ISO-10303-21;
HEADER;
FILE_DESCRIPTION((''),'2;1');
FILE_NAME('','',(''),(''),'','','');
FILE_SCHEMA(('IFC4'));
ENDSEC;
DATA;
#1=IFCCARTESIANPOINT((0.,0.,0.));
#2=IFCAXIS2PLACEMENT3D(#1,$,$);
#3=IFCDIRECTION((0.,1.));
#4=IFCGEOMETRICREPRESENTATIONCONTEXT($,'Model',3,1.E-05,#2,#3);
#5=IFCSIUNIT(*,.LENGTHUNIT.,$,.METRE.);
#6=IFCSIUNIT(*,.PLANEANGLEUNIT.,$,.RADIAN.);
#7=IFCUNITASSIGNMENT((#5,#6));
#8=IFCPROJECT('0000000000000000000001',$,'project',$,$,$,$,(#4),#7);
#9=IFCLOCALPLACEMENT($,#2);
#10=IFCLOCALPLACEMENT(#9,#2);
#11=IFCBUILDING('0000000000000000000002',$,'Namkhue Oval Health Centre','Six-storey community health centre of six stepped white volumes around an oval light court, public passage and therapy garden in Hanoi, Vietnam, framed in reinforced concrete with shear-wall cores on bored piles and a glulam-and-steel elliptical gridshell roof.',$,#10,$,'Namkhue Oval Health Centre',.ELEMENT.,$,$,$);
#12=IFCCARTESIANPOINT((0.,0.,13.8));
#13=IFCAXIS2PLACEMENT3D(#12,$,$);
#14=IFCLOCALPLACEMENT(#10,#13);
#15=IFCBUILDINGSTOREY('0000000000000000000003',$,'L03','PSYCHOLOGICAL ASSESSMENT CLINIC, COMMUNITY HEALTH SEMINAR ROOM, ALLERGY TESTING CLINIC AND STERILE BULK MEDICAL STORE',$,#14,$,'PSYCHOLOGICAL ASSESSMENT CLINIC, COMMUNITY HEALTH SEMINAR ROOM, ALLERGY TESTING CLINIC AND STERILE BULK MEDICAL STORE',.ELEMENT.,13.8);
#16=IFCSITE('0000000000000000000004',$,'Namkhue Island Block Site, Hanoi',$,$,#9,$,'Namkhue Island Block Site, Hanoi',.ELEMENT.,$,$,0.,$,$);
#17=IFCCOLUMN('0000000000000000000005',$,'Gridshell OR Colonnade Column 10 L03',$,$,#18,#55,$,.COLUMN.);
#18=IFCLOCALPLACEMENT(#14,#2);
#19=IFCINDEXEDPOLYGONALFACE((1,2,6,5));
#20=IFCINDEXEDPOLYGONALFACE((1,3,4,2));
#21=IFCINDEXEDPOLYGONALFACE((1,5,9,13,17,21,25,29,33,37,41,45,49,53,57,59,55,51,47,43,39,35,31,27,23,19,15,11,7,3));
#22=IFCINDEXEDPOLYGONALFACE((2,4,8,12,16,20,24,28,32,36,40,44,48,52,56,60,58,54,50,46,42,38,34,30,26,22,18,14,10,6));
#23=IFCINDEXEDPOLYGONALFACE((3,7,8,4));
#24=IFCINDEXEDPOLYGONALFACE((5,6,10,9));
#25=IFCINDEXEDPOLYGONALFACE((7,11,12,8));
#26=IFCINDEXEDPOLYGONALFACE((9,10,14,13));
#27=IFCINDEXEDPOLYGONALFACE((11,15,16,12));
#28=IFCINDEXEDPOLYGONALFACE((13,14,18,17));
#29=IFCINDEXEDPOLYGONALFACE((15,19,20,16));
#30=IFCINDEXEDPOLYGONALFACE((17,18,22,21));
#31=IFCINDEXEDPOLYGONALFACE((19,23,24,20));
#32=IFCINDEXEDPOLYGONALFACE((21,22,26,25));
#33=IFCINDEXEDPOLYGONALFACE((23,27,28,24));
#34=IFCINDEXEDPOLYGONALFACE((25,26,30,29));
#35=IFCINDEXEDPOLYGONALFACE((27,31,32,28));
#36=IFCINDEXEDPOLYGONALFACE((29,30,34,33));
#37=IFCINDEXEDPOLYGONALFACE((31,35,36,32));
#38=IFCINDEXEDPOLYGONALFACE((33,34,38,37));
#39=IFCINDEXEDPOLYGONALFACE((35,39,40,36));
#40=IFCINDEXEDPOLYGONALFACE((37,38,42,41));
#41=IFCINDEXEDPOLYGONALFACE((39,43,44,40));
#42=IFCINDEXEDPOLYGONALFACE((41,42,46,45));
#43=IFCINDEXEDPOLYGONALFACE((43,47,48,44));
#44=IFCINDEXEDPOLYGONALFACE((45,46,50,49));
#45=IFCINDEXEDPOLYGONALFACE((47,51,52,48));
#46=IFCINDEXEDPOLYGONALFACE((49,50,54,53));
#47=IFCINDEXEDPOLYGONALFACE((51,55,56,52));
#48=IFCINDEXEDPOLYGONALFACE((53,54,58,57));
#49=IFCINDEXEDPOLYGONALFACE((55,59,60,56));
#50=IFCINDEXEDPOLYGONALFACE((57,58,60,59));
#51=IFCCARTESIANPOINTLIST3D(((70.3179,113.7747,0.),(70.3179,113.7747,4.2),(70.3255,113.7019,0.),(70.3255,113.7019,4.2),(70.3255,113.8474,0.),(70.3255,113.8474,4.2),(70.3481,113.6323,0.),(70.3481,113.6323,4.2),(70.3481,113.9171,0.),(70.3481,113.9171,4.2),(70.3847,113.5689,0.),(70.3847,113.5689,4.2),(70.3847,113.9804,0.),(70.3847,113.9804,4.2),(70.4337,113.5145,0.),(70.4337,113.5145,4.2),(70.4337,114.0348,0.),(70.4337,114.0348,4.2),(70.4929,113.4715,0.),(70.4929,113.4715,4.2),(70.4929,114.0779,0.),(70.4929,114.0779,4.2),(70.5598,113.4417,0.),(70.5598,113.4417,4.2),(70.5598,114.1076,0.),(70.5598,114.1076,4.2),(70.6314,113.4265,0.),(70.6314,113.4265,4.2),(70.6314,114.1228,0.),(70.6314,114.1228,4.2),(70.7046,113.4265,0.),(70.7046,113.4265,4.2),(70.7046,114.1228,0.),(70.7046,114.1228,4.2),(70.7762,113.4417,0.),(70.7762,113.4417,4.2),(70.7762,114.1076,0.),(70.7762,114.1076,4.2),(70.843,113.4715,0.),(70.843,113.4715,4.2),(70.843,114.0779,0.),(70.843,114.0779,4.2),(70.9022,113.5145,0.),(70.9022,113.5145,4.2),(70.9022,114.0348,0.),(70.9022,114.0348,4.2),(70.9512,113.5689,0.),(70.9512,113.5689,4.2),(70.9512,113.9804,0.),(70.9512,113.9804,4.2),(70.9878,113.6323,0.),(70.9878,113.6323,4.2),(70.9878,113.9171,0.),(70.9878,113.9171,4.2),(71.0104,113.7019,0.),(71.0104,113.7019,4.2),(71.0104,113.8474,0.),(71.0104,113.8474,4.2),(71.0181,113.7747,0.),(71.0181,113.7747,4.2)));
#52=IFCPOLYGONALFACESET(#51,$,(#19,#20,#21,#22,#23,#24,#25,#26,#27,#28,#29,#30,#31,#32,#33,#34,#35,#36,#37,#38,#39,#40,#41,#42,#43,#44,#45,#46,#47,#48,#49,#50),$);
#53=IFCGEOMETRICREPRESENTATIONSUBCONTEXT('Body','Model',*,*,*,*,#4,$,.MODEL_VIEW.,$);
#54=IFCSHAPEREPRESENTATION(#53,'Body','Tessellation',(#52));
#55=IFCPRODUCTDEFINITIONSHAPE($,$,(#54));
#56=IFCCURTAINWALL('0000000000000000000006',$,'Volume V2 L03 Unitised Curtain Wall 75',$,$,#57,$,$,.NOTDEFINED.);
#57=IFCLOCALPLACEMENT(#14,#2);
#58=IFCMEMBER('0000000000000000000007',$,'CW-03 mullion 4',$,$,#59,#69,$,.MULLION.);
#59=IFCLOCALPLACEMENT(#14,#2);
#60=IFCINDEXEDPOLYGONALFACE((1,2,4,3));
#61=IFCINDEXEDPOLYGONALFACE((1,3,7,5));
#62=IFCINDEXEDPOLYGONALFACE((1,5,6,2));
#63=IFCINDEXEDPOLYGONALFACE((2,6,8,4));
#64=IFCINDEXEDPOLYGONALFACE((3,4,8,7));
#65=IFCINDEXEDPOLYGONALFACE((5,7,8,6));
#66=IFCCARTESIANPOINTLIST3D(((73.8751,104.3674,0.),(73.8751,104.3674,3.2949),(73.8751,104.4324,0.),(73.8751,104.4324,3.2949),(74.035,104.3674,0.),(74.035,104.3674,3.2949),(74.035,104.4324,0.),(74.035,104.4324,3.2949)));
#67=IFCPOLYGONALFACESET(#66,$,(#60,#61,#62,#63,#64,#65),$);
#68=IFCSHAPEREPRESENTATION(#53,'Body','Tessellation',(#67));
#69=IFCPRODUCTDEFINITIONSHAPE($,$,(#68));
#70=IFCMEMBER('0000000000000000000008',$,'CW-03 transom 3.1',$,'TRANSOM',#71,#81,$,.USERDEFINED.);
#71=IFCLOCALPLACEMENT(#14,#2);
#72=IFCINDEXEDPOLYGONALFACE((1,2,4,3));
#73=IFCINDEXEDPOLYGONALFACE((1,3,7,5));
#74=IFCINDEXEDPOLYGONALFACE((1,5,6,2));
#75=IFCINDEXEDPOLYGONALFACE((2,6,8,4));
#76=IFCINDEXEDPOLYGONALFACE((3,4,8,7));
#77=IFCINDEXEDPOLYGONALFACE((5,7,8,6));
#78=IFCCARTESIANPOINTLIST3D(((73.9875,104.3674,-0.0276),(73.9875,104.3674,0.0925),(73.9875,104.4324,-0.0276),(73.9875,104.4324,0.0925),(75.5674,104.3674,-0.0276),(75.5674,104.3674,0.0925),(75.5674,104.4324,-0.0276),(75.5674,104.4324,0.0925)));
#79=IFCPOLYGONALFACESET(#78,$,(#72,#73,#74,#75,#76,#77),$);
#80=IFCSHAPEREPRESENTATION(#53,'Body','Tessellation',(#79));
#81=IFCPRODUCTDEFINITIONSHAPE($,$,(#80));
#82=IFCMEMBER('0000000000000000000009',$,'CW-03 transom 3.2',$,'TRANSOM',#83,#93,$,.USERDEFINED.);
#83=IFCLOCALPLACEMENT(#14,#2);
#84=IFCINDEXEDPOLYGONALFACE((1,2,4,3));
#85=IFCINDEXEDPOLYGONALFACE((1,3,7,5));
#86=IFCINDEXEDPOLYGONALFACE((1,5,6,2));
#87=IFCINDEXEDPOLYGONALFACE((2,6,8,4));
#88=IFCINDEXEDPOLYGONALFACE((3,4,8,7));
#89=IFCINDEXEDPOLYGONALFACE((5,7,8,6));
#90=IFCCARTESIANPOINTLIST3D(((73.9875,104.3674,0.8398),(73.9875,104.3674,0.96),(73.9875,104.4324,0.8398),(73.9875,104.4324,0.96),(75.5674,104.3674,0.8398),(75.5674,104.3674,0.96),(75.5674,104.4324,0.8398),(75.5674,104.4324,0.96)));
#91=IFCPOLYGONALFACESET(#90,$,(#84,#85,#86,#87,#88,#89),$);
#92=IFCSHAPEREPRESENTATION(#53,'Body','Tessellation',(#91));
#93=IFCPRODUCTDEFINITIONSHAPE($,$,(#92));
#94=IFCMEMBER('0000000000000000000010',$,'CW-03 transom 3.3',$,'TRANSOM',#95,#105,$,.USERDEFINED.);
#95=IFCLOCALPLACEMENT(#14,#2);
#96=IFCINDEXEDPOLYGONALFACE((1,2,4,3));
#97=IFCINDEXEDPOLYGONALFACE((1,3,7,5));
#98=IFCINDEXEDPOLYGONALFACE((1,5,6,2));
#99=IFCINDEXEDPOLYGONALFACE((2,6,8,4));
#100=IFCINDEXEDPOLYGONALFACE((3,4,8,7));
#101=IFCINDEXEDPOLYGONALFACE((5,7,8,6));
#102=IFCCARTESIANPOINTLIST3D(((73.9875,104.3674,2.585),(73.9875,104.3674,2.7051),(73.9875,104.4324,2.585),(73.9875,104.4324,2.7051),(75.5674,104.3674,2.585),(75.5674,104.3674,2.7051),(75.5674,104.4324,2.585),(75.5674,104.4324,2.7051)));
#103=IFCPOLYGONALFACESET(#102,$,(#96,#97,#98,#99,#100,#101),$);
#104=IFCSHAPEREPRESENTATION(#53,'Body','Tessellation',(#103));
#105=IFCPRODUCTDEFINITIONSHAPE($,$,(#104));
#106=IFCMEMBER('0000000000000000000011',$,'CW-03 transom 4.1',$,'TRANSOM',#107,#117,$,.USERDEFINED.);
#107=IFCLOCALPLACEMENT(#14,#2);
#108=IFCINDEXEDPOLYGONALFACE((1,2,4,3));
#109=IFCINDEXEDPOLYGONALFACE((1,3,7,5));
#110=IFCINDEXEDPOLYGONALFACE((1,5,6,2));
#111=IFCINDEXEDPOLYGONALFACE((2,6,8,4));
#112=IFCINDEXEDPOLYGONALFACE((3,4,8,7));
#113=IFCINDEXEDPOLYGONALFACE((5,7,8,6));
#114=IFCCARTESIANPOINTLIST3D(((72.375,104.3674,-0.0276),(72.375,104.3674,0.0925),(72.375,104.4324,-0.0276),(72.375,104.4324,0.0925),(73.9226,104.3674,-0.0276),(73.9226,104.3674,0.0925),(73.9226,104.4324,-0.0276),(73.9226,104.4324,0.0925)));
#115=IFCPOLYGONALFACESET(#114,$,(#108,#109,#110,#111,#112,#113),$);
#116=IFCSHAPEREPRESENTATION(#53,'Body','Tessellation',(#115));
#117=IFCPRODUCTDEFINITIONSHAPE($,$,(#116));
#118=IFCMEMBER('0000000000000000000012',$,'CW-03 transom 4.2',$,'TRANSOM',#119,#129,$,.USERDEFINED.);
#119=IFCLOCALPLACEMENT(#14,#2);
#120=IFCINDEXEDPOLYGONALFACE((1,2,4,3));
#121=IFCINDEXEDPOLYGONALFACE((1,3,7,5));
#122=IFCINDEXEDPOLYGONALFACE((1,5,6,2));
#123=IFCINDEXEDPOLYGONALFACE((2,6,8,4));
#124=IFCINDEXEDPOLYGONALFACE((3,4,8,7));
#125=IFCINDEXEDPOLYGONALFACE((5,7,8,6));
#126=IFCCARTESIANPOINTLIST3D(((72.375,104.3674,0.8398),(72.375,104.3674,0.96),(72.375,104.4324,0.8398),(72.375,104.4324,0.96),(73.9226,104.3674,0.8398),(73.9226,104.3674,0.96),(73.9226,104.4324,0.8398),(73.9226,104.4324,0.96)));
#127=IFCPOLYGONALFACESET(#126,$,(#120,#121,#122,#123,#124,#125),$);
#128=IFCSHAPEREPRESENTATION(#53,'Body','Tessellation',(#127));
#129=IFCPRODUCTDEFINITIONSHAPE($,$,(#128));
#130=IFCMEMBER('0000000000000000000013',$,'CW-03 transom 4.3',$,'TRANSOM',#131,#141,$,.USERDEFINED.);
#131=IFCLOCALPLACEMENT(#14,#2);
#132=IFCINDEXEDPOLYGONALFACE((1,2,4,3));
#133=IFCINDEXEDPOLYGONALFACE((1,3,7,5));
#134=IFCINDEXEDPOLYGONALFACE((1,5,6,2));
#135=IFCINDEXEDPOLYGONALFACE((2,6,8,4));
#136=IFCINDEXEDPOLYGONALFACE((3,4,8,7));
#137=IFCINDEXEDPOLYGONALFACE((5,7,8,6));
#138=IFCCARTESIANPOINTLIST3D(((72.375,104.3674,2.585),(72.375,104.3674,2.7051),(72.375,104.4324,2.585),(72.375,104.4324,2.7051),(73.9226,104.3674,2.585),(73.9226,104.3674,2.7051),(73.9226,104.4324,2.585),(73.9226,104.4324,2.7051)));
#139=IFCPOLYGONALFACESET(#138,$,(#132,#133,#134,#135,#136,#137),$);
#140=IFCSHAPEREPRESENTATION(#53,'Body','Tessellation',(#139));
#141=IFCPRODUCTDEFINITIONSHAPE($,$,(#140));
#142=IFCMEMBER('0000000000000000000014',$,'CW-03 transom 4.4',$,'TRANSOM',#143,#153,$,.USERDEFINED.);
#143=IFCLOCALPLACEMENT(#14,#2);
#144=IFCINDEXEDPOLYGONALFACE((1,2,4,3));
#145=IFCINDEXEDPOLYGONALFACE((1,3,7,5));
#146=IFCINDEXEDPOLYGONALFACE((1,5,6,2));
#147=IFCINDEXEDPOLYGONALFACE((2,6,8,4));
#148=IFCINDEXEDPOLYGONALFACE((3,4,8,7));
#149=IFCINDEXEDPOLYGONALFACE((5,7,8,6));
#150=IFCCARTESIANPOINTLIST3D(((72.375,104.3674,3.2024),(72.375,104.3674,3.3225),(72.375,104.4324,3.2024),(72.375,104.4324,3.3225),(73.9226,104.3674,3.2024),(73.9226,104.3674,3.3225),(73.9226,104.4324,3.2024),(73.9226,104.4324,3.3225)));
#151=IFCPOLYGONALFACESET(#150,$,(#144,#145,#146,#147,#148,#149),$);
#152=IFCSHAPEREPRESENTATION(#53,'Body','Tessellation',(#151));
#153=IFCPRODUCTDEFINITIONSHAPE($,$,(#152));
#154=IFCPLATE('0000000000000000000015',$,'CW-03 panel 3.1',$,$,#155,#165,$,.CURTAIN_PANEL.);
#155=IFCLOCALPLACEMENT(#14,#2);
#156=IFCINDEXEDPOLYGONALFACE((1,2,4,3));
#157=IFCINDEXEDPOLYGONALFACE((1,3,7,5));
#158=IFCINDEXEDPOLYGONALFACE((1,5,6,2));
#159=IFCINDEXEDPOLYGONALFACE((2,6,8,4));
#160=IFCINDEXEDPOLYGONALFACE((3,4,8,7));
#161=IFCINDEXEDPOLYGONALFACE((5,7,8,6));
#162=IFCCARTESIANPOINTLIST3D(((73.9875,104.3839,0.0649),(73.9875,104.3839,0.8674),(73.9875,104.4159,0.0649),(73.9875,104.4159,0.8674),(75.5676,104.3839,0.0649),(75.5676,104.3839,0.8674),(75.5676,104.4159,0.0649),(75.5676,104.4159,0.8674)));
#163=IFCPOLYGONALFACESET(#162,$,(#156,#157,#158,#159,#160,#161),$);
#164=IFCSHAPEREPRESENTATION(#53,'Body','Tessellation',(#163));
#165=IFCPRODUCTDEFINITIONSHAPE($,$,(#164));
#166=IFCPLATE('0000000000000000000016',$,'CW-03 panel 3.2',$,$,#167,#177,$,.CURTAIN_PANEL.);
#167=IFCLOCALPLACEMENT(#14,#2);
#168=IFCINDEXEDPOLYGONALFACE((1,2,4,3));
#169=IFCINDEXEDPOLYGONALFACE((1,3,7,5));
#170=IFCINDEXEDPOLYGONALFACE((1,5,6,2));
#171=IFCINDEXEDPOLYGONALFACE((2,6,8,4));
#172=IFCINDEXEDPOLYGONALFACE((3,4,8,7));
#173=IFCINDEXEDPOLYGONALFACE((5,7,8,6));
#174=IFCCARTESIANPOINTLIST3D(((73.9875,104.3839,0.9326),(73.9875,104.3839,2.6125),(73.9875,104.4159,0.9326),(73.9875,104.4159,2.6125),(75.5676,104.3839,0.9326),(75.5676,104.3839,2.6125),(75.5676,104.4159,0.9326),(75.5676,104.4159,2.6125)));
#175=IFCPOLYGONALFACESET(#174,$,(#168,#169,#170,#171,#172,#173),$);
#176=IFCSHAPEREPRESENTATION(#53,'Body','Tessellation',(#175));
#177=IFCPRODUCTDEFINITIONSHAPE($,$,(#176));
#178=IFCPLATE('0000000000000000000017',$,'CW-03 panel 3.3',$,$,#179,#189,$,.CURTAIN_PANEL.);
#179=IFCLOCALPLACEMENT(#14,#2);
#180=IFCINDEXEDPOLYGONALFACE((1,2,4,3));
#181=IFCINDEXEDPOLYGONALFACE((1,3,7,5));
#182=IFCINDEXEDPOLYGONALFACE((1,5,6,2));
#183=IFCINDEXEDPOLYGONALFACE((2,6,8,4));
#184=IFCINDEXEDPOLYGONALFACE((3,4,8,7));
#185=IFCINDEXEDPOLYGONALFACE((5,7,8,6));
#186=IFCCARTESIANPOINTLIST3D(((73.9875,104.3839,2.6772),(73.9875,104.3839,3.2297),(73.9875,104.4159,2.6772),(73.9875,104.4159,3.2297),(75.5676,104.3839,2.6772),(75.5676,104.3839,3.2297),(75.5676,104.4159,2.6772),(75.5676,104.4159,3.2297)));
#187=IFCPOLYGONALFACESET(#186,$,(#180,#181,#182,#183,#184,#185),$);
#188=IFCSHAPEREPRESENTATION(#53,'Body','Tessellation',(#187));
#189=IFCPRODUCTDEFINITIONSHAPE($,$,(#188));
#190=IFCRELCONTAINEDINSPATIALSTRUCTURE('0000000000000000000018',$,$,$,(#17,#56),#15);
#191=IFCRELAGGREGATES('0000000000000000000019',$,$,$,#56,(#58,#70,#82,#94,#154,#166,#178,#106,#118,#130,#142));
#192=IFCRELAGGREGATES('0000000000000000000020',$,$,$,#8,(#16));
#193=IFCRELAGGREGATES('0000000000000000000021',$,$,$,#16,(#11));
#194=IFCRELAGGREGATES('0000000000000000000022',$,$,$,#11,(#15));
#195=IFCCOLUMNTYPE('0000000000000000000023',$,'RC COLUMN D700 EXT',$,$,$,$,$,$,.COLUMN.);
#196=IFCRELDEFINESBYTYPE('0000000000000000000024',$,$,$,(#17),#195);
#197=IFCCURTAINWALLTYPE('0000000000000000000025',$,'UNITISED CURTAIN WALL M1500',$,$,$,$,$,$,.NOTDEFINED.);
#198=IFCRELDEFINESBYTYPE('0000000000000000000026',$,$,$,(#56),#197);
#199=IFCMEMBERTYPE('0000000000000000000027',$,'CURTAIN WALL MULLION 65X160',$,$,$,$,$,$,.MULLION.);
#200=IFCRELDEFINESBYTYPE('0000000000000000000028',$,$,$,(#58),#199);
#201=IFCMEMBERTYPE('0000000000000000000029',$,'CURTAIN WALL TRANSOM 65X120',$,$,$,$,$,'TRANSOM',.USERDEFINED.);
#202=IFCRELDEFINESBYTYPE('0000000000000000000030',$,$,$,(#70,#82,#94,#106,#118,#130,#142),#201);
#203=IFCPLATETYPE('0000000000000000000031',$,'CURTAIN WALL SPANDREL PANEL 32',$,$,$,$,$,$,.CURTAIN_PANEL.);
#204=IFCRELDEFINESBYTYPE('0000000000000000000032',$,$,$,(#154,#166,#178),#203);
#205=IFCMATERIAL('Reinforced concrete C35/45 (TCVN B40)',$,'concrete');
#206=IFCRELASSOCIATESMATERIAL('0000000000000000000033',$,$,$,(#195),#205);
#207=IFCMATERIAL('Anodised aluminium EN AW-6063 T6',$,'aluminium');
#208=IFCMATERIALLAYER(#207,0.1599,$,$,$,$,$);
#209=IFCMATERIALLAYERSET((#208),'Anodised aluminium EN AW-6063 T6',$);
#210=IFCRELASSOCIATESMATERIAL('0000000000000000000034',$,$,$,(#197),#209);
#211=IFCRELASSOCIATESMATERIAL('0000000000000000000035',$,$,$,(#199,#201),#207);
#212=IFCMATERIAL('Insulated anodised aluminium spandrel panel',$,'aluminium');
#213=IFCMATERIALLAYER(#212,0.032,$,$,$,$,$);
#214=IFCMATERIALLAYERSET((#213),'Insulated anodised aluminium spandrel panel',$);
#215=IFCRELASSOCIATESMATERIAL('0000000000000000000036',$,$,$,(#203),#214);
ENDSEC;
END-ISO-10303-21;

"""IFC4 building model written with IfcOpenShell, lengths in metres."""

from ifc_helpers import new_model, si_unit, direction, frame, origin, origin_2d, place, context, subcontext, project, spatial, rectangle, circle, extrude, material, layer, layer_set, material_profile, profile_set, type_object, element, aggregate, save


model = new_model("IFC4")

# Units and contexts
model_context = context("Model", 3, precision=1e-05, world=origin(), true_north=direction((0.0, 1.0)))
body_context = subcontext(model_context, "Body", "Model", "MODEL_VIEW")
ifc_project = project(units=[si_unit("LENGTHUNIT", "METRE"), si_unit("PLANEANGLEUNIT", "RADIAN")], contexts=[model_context])

# Site, building, storey
site_placement = place(None, origin())
site = spatial("IfcSite", under=ifc_project, at=site_placement, Name="Namkhue Island Block Site, Hanoi", LongName="Namkhue Island Block Site, Hanoi", CompositionType="ELEMENT", RefElevation=0.0)
building_placement = place(site_placement, origin())
building = spatial("IfcBuilding", under=site, at=building_placement, Name="Namkhue Oval Health Centre", Description="Six-storey community health centre of six stepped white volumes around an oval light court, public passage and therapy garden in Hanoi, Vietnam, framed in reinforced concrete with shear-wall cores on bored piles and a glulam-and-steel elliptical gridshell roof.", LongName="Namkhue Oval Health Centre", CompositionType="ELEMENT")
storey_placement = place(building_placement, frame((0.0, 0.0, 13.8)))
storey = spatial("IfcBuildingStorey", under=building, at=storey_placement, Name="L03", Description="PSYCHOLOGICAL ASSESSMENT CLINIC, COMMUNITY HEALTH SEMINAR ROOM, ALLERGY TESTING CLINIC AND STERILE BULK MEDICAL STORE", LongName="PSYCHOLOGICAL ASSESSMENT CLINIC, COMMUNITY HEALTH SEMINAR ROOM, ALLERGY TESTING CLINIC AND STERILE BULK MEDICAL STORE", CompositionType="ELEMENT", Elevation=13.8)

# Column
ifc_material_1 = material(Name="Reinforced concrete C35/45 (TCVN B40)", Category="concrete")
ifc_material_profile_1 = material_profile(ifc_material_1, circle(Radius=0.3501, at=origin_2d()), Name="RC D700")
ifc_profile_set_1 = profile_set([ifc_material_profile_1], Name="Reinforced concrete C35/45 (TCVN B40)")
column_type = type_object("IfcColumnType", Name="RC COLUMN D700 EXT", PredefinedType="COLUMN", material=ifc_profile_set_1)
column_placement = place(storey_placement, frame((70.668, 113.7747, 0.0), z_axis=(0.0, 0.0, 1.0), x_axis=(1.0, 0.0, 0.0)))
element("IfcColumn", 1, at=column_placement, inside=storey, type_object=column_type, Name="Gridshell OR Colonnade Column 10 L03", PredefinedType="COLUMN", context=body_context, shape_type="SweptSolid", body=[
    extrude(circle(Radius=0.3501, at=origin_2d()), origin(), (0.0, 0.0, 1.0), 4.2),
])

# Curtain wall, members, plates
ifc_material_2 = material(Name="Anodised aluminium EN AW-6063 T6", Category="aluminium")
ifc_layer_1 = layer(ifc_material_2, 0.1599)
ifc_layer_set_1 = layer_set([ifc_layer_1], Name="Anodised aluminium EN AW-6063 T6")
curtain_wall_type = type_object("IfcCurtainWallType", Name="UNITISED CURTAIN WALL M1500", PredefinedType="NOTDEFINED", material=ifc_layer_set_1)
curtain_wall_placement = place(storey_placement, origin())
curtain_wall = element("IfcCurtainWall", 2, at=curtain_wall_placement, inside=storey, type_object=curtain_wall_type, Name="Volume V2 L03 Unitised Curtain Wall 75", PredefinedType="NOTDEFINED")
ifc_material_profile_2 = material_profile(ifc_material_2, rectangle(XDim=0.0649, YDim=0.1599, at=origin_2d()), Name="ALU 65x160")
ifc_profile_set_2 = profile_set([ifc_material_profile_2], Name="Anodised aluminium EN AW-6063 T6")
member_type_1 = type_object("IfcMemberType", Name="CURTAIN WALL MULLION 65X160", PredefinedType="MULLION", material=ifc_profile_set_2)
member_1_placement = place(storey_placement, frame((73.9551, 104.3999, 0.0), z_axis=(0.0, 0.0, 1.0), x_axis=(0.0, -1.0, 0.0)))
member_1 = element("IfcMember", 3, at=member_1_placement, type_object=member_type_1, Name="CW-03 mullion 4", PredefinedType="MULLION", context=body_context, shape_type="SweptSolid", body=[
    extrude(rectangle(XDim=0.0649, YDim=0.1599, at=origin_2d()), origin(), (0.0, 0.0, 1.0), 3.2949),
])
ifc_material_profile_3 = material_profile(ifc_material_2, rectangle(XDim=0.0649, YDim=0.1201, at=origin_2d()), Name="ALU 65x120")
ifc_profile_set_3 = profile_set([ifc_material_profile_3], Name="Anodised aluminium EN AW-6063 T6")
member_type_2 = type_object("IfcMemberType", Name="CURTAIN WALL TRANSOM 65X120", ElementType="TRANSOM", PredefinedType="USERDEFINED", material=ifc_profile_set_3)
member_2_placement = place(storey_placement, frame((75.5674, 104.3999, 0.0325), z_axis=(-1.0, 0.0, 0.0), x_axis=(0.0, -1.0, 0.0)))
member_2 = element("IfcMember", 4, at=member_2_placement, type_object=member_type_2, Name="CW-03 transom 3.1", ObjectType="TRANSOM", PredefinedType="USERDEFINED", context=body_context, shape_type="SweptSolid", body=[
    extrude(rectangle(XDim=0.0649, YDim=0.1201, at=origin_2d()), origin(), (0.0, 0.0, 1.0), 1.5798),
])
member_3_placement = place(storey_placement, frame((75.5674, 104.3999, 0.8999), z_axis=(-1.0, 0.0, 0.0), x_axis=(0.0, -1.0, 0.0)))
member_3 = element("IfcMember", 5, at=member_3_placement, type_object=member_type_2, Name="CW-03 transom 3.2", ObjectType="TRANSOM", PredefinedType="USERDEFINED", context=body_context, shape_type="SweptSolid", body=[
    extrude(rectangle(XDim=0.0649, YDim=0.1201, at=origin_2d()), origin(), (0.0, 0.0, 1.0), 1.5798),
])
member_4_placement = place(storey_placement, frame((75.5674, 104.3999, 2.645), z_axis=(-1.0, 0.0, 0.0), x_axis=(0.0, -1.0, 0.0)))
member_4 = element("IfcMember", 6, at=member_4_placement, type_object=member_type_2, Name="CW-03 transom 3.3", ObjectType="TRANSOM", PredefinedType="USERDEFINED", context=body_context, shape_type="SweptSolid", body=[
    extrude(rectangle(XDim=0.0649, YDim=0.1201, at=origin_2d()), origin(), (0.0, 0.0, 1.0), 1.5798),
])
member_5_placement = place(storey_placement, frame((73.9226, 104.3999, 0.0325), z_axis=(-1.0, 0.0, 0.0), x_axis=(0.0, -1.0, 0.0)))
member_5 = element("IfcMember", 7, at=member_5_placement, type_object=member_type_2, Name="CW-03 transom 4.1", ObjectType="TRANSOM", PredefinedType="USERDEFINED", context=body_context, shape_type="SweptSolid", body=[
    extrude(rectangle(XDim=0.0649, YDim=0.1201, at=origin_2d()), origin(), (0.0, 0.0, 1.0), 1.5476),
])
member_6_placement = place(storey_placement, frame((73.9226, 104.3999, 0.8999), z_axis=(-1.0, 0.0, 0.0), x_axis=(0.0, -1.0, 0.0)))
member_6 = element("IfcMember", 8, at=member_6_placement, type_object=member_type_2, Name="CW-03 transom 4.2", ObjectType="TRANSOM", PredefinedType="USERDEFINED", context=body_context, shape_type="SweptSolid", body=[
    extrude(rectangle(XDim=0.0649, YDim=0.1201, at=origin_2d()), origin(), (0.0, 0.0, 1.0), 1.5476),
])
member_7_placement = place(storey_placement, frame((73.9226, 104.3999, 2.645), z_axis=(-1.0, 0.0, 0.0), x_axis=(0.0, -1.0, 0.0)))
member_7 = element("IfcMember", 9, at=member_7_placement, type_object=member_type_2, Name="CW-03 transom 4.3", ObjectType="TRANSOM", PredefinedType="USERDEFINED", context=body_context, shape_type="SweptSolid", body=[
    extrude(rectangle(XDim=0.0649, YDim=0.1201, at=origin_2d()), origin(), (0.0, 0.0, 1.0), 1.5476),
])
member_8_placement = place(storey_placement, frame((73.9226, 104.3999, 3.2625), z_axis=(-1.0, 0.0, 0.0), x_axis=(0.0, -1.0, 0.0)))
member_8 = element("IfcMember", 10, at=member_8_placement, type_object=member_type_2, Name="CW-03 transom 4.4", ObjectType="TRANSOM", PredefinedType="USERDEFINED", context=body_context, shape_type="SweptSolid", body=[
    extrude(rectangle(XDim=0.0649, YDim=0.1201, at=origin_2d()), origin(), (0.0, 0.0, 1.0), 1.5476),
])
ifc_material_3 = material(Name="Insulated anodised aluminium spandrel panel", Category="aluminium")
ifc_layer_2 = layer(ifc_material_3, 0.032)
ifc_layer_set_2 = layer_set([ifc_layer_2], Name="Insulated anodised aluminium spandrel panel")
plate_type = type_object("IfcPlateType", Name="CURTAIN WALL SPANDREL PANEL 32", PredefinedType="CURTAIN_PANEL", material=ifc_layer_set_2)
plate_1_placement = place(storey_placement, frame((74.7776, 104.3999, 0.0649), z_axis=(0.0, 0.0, 1.0), x_axis=(-1.0, 0.0, 0.0)))
plate_1 = element("IfcPlate", 11, at=plate_1_placement, type_object=plate_type, Name="CW-03 panel 3.1", PredefinedType="CURTAIN_PANEL", context=body_context, shape_type="SweptSolid", body=[
    extrude(rectangle(XDim=1.5801, YDim=0.032, at=origin_2d()), origin(), (0.0, 0.0, 1.0), 0.8025),
])
plate_2_placement = place(storey_placement, frame((74.7776, 104.3999, 0.9326), z_axis=(0.0, 0.0, 1.0), x_axis=(-1.0, 0.0, 0.0)))
plate_2 = element("IfcPlate", 12, at=plate_2_placement, type_object=plate_type, Name="CW-03 panel 3.2", PredefinedType="CURTAIN_PANEL", context=body_context, shape_type="SweptSolid", body=[
    extrude(rectangle(XDim=1.5801, YDim=0.032, at=origin_2d()), origin(), (0.0, 0.0, 1.0), 1.6799),
])
plate_3_placement = place(storey_placement, frame((74.7776, 104.3999, 2.6772), z_axis=(0.0, 0.0, 1.0), x_axis=(-1.0, 0.0, 0.0)))
plate_3 = element("IfcPlate", 13, at=plate_3_placement, type_object=plate_type, Name="CW-03 panel 3.3", PredefinedType="CURTAIN_PANEL", context=body_context, shape_type="SweptSolid", body=[
    extrude(rectangle(XDim=1.5801, YDim=0.032, at=origin_2d()), origin(), (0.0, 0.0, 1.0), 0.5525),
])
aggregate(curtain_wall, [member_1, member_2, member_3, member_4, plate_1, plate_2, plate_3, member_5, member_6, member_7, member_8])

save(model, "model.ifc")
